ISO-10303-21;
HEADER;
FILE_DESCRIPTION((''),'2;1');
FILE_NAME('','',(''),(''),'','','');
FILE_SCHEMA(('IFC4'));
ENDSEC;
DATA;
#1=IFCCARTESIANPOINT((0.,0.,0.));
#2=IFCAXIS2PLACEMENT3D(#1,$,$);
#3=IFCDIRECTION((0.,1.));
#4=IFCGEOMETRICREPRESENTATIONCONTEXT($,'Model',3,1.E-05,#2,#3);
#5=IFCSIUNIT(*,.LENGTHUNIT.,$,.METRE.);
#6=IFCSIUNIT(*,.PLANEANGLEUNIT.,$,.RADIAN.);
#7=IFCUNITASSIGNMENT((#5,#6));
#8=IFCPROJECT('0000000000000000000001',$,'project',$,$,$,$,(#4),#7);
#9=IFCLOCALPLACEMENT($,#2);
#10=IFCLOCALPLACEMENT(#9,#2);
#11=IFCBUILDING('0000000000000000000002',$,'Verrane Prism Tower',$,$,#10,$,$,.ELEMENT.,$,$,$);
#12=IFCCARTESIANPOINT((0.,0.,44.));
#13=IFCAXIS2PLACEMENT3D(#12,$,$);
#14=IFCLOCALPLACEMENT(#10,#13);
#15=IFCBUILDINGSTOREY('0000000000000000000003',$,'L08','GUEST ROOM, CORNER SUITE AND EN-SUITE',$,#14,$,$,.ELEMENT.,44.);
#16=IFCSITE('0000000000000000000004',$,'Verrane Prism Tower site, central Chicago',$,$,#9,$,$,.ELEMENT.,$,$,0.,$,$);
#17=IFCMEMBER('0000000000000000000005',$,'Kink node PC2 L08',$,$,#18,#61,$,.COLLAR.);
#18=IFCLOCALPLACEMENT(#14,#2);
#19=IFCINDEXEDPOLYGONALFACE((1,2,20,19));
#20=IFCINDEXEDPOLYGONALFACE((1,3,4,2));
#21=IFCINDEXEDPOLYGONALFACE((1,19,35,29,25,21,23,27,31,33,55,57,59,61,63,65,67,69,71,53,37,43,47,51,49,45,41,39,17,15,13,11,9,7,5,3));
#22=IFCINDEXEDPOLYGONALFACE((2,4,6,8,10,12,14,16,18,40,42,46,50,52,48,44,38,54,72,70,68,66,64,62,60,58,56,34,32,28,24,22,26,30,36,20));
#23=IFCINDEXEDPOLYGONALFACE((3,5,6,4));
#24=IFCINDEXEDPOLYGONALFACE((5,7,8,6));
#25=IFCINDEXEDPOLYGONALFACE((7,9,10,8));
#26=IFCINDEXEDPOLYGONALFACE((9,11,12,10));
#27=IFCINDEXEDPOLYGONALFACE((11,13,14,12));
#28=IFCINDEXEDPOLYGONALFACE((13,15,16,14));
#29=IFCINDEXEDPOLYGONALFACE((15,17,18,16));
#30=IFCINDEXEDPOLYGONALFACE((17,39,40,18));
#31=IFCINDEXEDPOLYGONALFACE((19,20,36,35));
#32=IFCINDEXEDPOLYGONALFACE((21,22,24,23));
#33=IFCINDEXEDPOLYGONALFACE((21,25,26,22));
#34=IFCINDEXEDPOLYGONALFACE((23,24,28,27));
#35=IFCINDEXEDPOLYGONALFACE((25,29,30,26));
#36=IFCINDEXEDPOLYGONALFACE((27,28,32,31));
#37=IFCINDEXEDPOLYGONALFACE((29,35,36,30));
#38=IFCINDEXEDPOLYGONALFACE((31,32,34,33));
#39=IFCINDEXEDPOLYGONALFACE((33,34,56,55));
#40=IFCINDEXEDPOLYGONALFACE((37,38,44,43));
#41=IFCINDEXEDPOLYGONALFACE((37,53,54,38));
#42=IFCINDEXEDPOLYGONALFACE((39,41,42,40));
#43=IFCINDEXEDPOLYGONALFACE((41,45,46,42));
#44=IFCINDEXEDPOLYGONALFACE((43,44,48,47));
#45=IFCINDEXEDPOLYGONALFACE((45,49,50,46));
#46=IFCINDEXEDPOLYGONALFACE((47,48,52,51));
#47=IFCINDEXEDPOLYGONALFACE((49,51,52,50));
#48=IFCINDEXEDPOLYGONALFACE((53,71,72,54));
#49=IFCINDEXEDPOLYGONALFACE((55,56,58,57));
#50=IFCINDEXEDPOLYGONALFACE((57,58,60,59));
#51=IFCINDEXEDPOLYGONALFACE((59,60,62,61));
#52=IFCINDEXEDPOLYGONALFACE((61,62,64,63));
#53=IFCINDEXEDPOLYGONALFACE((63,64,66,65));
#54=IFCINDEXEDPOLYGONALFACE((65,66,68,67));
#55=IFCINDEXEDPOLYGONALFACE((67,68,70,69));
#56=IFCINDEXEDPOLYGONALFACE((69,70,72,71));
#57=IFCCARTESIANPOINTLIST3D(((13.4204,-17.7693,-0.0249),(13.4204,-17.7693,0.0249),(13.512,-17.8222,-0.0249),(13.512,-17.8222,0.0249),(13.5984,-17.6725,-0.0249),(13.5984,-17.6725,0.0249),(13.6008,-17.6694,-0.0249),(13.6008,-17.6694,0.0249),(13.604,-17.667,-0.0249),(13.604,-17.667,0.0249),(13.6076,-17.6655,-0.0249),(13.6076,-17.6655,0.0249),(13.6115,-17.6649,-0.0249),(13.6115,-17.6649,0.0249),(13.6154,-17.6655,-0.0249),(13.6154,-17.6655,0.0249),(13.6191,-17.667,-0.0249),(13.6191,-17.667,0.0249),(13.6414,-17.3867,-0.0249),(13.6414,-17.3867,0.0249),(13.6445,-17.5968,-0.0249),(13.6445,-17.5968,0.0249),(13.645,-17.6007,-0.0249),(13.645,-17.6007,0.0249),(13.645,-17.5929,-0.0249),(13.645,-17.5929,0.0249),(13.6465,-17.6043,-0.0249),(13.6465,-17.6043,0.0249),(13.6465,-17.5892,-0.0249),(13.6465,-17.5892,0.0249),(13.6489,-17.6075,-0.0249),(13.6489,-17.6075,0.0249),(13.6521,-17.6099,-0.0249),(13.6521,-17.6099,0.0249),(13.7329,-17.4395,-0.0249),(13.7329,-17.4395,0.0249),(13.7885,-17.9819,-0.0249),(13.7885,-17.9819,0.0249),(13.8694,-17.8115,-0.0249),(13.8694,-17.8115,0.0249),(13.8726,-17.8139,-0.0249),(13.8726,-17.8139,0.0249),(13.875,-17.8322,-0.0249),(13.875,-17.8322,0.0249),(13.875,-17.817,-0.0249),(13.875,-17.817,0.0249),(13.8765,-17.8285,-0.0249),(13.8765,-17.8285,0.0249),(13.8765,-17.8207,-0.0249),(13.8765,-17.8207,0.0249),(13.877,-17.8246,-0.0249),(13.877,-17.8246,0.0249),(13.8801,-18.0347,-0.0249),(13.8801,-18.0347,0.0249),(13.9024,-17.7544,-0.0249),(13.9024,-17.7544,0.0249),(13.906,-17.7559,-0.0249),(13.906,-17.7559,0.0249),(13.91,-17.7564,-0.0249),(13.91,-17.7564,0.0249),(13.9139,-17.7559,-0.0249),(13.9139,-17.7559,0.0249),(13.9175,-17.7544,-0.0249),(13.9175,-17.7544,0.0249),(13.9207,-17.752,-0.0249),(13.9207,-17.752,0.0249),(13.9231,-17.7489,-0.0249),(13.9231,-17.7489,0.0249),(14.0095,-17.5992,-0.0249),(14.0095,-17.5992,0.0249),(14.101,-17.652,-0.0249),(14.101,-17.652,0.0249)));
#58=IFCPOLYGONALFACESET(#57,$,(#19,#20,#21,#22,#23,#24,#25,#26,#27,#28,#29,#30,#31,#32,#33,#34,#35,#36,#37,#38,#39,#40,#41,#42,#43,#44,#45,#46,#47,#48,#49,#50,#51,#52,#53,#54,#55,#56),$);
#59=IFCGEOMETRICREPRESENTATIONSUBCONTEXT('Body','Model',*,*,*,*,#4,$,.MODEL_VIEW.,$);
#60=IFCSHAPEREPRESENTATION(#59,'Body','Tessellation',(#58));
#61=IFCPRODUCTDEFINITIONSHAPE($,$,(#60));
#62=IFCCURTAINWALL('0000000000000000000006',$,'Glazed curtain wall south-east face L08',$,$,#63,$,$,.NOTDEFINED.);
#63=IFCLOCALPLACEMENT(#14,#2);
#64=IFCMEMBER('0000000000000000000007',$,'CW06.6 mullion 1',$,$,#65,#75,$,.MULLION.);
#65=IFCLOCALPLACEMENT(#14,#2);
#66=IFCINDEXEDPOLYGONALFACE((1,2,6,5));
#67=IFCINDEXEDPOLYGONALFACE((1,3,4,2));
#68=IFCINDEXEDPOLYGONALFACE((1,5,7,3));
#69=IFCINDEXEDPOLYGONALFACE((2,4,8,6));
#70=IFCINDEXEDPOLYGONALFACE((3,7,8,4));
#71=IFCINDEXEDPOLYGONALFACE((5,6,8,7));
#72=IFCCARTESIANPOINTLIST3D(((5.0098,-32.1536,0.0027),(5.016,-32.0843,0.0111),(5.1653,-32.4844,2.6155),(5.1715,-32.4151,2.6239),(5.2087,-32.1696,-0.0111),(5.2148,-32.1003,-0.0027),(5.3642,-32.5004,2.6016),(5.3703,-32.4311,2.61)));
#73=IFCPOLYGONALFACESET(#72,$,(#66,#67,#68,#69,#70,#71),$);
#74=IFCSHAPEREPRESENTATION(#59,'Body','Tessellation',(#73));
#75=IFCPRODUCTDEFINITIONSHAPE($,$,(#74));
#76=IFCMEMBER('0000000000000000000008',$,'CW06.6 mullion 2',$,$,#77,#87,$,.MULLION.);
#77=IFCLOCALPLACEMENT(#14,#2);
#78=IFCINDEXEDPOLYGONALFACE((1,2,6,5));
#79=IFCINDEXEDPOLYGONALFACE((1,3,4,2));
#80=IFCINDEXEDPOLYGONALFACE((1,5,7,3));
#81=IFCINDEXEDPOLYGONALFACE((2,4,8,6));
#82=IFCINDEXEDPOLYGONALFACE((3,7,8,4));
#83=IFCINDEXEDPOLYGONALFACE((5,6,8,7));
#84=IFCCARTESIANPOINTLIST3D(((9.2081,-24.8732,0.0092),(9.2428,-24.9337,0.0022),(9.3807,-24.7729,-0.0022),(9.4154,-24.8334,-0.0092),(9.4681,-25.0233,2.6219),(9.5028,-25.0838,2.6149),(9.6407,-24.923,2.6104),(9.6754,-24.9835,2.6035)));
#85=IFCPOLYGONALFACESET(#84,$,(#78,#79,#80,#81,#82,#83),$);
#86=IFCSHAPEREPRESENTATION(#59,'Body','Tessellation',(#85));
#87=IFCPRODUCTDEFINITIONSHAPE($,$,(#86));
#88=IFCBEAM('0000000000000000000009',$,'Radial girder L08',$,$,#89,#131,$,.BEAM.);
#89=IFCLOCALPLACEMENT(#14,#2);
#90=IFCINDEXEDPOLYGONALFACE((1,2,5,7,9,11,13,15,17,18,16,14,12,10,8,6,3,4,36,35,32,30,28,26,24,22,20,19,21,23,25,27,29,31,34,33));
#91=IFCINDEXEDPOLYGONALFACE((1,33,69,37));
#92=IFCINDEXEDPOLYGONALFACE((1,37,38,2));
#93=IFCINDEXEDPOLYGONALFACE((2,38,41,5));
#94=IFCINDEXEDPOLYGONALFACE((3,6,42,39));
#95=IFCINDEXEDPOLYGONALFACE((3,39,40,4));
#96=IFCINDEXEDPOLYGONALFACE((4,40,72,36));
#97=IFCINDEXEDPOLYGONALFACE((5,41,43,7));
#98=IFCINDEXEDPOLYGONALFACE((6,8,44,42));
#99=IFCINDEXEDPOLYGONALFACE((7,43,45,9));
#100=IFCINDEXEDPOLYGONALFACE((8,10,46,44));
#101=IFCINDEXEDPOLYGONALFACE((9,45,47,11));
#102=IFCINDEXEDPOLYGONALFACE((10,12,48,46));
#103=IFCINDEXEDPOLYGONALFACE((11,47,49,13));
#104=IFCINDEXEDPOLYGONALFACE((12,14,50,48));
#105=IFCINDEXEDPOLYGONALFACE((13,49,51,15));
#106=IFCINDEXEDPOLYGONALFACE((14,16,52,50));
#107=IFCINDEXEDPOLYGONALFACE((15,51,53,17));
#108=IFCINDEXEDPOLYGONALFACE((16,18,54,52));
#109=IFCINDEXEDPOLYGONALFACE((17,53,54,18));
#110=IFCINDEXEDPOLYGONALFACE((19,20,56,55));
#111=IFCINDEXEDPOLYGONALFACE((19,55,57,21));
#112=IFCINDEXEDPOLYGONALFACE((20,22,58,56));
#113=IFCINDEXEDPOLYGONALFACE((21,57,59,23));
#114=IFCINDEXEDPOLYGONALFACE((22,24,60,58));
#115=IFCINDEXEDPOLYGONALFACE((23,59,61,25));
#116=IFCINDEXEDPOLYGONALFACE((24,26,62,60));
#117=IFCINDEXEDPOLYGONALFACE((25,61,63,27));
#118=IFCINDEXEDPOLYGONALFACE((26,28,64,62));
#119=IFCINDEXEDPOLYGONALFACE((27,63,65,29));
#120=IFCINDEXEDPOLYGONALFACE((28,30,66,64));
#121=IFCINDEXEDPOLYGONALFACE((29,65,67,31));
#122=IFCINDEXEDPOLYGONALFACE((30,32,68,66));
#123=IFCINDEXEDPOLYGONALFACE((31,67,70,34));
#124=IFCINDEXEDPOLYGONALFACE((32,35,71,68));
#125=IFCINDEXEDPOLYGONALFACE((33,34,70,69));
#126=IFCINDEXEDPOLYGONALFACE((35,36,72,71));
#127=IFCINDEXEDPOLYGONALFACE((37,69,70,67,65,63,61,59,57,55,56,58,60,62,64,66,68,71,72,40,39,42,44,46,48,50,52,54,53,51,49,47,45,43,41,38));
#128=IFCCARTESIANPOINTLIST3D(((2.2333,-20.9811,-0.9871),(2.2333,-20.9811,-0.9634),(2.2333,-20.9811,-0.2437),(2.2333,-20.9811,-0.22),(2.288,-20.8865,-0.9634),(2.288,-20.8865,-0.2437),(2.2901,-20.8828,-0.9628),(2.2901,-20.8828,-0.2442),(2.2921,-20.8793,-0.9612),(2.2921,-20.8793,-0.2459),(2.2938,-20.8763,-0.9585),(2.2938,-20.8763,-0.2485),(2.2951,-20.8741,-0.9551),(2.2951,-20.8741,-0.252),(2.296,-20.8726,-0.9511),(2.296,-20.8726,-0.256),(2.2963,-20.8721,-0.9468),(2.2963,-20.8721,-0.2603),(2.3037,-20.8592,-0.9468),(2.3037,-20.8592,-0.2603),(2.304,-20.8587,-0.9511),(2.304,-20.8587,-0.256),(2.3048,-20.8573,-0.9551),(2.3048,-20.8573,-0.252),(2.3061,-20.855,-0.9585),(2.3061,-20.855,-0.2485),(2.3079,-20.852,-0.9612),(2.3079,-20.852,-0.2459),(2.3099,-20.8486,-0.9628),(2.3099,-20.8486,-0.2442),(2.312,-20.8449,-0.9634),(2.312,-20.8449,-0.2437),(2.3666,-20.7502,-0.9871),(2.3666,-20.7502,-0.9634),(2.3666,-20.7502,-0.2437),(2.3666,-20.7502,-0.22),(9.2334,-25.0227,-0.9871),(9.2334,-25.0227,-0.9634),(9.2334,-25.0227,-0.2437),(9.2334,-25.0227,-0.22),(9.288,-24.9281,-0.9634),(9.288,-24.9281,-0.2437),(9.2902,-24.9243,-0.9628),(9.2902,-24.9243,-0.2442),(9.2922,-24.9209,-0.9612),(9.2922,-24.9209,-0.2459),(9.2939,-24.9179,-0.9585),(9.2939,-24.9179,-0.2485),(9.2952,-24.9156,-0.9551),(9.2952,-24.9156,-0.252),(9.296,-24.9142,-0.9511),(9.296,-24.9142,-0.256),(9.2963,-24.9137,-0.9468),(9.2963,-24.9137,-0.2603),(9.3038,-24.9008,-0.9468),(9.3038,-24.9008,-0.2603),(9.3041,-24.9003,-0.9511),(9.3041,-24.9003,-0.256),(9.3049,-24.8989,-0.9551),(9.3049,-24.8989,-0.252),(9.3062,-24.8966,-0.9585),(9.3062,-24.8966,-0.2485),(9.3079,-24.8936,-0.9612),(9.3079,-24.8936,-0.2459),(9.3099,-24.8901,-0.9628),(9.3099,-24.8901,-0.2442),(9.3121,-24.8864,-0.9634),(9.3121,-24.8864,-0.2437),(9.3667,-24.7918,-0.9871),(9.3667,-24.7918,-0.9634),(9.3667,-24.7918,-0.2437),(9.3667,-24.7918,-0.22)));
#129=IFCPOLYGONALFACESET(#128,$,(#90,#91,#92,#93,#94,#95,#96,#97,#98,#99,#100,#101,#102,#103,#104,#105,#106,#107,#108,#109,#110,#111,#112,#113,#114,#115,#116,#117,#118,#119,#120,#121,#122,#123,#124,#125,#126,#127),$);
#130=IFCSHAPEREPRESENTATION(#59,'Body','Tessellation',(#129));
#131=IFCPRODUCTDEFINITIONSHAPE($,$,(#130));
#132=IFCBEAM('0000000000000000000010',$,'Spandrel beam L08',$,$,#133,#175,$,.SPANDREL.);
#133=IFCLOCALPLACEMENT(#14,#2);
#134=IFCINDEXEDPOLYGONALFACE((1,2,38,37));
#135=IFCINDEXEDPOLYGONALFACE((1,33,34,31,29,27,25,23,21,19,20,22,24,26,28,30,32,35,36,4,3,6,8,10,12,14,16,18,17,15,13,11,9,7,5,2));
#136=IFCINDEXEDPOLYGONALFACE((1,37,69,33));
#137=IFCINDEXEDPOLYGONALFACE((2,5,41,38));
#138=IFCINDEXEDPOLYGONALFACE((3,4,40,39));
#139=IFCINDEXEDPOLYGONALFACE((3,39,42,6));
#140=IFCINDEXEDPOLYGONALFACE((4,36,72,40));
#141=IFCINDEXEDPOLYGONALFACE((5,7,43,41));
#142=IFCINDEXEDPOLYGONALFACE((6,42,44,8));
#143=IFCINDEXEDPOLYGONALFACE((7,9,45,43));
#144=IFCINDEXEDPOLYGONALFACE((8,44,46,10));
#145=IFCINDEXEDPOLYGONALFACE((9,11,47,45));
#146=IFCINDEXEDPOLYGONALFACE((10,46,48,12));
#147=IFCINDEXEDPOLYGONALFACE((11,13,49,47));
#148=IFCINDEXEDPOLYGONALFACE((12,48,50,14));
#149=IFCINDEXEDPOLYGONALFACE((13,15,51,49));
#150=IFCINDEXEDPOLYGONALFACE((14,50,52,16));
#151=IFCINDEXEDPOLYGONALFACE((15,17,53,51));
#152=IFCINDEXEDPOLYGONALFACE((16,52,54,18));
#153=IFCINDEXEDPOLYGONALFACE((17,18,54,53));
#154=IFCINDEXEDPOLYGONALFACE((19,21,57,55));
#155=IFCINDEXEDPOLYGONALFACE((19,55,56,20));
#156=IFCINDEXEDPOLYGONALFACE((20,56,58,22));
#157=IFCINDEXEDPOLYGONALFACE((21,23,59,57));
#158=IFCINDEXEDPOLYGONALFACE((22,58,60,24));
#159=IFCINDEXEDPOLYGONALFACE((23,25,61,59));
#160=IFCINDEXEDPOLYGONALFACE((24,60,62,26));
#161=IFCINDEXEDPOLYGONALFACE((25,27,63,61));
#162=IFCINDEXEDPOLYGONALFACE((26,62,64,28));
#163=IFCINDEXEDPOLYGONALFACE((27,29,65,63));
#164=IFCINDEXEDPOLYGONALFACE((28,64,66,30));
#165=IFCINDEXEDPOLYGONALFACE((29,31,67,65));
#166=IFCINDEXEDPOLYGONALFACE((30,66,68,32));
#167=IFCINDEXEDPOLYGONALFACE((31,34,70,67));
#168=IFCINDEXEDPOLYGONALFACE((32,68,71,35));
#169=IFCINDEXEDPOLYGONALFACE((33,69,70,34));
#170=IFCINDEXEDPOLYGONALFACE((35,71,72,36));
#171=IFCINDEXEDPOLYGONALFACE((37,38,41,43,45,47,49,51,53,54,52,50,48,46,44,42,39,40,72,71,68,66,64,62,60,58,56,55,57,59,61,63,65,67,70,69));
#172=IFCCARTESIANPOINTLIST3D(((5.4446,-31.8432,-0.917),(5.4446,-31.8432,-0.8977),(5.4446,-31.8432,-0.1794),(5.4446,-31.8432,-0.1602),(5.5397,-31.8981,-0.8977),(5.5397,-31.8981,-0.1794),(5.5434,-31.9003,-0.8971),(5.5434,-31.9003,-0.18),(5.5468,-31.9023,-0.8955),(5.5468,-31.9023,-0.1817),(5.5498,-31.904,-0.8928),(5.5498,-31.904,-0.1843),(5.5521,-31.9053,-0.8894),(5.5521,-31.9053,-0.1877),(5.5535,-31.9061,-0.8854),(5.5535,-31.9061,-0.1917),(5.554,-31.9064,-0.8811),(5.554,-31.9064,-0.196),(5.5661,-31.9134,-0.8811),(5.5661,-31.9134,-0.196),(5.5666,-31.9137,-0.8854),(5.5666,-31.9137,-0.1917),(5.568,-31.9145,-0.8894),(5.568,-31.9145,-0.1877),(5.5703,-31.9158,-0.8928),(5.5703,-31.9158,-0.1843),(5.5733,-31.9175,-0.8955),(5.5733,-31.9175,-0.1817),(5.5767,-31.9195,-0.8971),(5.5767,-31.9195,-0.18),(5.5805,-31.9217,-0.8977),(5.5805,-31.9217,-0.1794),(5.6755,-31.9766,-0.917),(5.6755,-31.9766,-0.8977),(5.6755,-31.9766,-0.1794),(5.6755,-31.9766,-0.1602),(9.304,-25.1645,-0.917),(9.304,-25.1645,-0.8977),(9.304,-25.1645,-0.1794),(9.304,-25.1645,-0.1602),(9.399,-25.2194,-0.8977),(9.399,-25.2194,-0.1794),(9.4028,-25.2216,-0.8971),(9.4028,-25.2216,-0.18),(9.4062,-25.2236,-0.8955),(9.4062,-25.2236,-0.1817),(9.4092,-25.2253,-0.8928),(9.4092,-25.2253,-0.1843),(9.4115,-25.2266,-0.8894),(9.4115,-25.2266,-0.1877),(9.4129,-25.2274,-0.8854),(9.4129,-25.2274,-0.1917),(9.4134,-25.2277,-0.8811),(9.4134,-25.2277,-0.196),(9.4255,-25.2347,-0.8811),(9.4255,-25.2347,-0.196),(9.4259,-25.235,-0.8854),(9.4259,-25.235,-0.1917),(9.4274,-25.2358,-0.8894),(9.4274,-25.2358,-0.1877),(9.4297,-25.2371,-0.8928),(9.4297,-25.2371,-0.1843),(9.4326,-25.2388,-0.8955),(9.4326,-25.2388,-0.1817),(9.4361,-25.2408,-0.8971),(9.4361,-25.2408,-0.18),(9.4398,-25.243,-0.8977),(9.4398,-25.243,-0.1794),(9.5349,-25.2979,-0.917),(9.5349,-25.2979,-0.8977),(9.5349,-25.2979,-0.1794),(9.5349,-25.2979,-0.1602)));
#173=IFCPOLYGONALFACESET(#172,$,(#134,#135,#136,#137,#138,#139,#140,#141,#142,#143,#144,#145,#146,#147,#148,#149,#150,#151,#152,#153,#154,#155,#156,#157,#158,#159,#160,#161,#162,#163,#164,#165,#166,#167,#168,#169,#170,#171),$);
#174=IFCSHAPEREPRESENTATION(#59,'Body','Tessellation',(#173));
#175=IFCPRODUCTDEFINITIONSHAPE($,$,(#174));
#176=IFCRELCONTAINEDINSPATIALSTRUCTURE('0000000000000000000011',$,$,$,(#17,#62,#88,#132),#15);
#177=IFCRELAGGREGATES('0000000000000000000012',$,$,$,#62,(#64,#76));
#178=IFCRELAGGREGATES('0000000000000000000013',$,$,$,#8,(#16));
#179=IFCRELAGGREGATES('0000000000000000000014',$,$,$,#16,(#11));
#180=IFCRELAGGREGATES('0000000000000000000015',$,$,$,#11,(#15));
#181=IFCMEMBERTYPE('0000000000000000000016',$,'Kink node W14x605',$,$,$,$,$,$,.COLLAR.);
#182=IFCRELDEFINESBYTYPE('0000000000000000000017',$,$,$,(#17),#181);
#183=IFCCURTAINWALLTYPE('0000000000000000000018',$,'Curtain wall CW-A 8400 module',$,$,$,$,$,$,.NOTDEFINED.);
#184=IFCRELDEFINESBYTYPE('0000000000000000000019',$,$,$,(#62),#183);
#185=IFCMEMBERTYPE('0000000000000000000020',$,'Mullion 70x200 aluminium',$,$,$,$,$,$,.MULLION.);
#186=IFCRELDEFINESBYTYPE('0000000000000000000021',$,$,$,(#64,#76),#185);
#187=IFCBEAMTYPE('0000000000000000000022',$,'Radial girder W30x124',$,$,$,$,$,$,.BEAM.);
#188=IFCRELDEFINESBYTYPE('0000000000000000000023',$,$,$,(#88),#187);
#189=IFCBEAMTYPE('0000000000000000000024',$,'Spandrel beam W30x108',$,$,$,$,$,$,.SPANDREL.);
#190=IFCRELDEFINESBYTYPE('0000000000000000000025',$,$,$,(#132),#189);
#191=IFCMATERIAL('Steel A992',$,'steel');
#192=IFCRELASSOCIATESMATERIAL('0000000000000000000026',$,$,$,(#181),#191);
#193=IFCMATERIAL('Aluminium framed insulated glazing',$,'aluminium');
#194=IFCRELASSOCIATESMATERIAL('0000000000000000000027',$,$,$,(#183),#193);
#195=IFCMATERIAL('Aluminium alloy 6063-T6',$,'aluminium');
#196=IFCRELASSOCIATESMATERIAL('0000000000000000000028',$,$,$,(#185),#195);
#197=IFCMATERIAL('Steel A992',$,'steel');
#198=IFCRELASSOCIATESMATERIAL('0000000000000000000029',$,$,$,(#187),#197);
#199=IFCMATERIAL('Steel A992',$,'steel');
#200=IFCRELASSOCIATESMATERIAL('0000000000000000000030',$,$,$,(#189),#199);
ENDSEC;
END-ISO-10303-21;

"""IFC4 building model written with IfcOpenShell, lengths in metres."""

from ifc_helpers import new_model, si_unit, direction, frame, origin, origin_2d, place, context, subcontext, project, spatial, rectangle, i_section, extrude, material, material_profile, profile_set, type_object, element, aggregate, save


model = new_model("IFC4")

# Units and contexts
model_context = context("Model", 3, precision=1e-05, world=origin(), true_north=direction((0.0, 1.0)))
body_context = subcontext(model_context, "Body", "Model", "MODEL_VIEW")
ifc_project = project(units=[si_unit("LENGTHUNIT", "METRE"), si_unit("PLANEANGLEUNIT", "RADIAN")], contexts=[model_context])

# Site, building, storey
site_placement = place(None, origin())
site = spatial("IfcSite", under=ifc_project, at=site_placement, Name="Verrane Prism Tower site, central Chicago", CompositionType="ELEMENT", RefElevation=0.0)
building_placement = place(site_placement, origin())
building = spatial("IfcBuilding", under=site, at=building_placement, Name="Verrane Prism Tower", CompositionType="ELEMENT")
storey_placement = place(building_placement, frame((0.0, 0.0, 44.0)))
storey = spatial("IfcBuildingStorey", under=building, at=storey_placement, Name="L08", Description="GUEST ROOM, CORNER SUITE AND EN-SUITE", CompositionType="ELEMENT", Elevation=44.0)

# Member
ifc_material_1 = material(Name="Steel A992", Category="steel")
ifc_material_profile_1 = material_profile(ifc_material_1, i_section(OverallWidth=0.4419, OverallDepth=0.5308, WebThickness=0.0659, FlangeThickness=0.1057, FilletRadius=0.0151, at=origin_2d()), Name="W14x605")
ifc_profile_set_1 = profile_set([ifc_material_profile_1], Name="Steel A992")
member_type_1 = type_object("IfcMemberType", Name="Kink node W14x605", PredefinedType="COLLAR", material=ifc_profile_set_1)
for number, where, z_axis, x_axis, name in (
    (1, (13.7607, -17.7107, -0.0249), (0.0, 0.0, 1.0), (-0.5, -0.866025, 0.0), "Kink node PC2 L08"),
):
    element("IfcMember", number, at=place(storey_placement, frame(where, z_axis=z_axis, x_axis=x_axis)), inside=storey, type_object=member_type_1, Name=name, PredefinedType="COLLAR", context=body_context, shape_type="SweptSolid", body=[
        extrude(i_section(OverallWidth=0.4419, OverallDepth=0.5308, WebThickness=0.0659, FlangeThickness=0.1057, FilletRadius=0.0151, at=origin_2d()), origin(), (0.0, 0.0, 1.0), 0.0498),
    ])

# Curtain wall, members
ifc_material_2 = material(Name="Aluminium framed insulated glazing", Category="aluminium")
curtain_wall_type = type_object("IfcCurtainWallType", Name="Curtain wall CW-A 8400 module", PredefinedType="NOTDEFINED", material=ifc_material_2)
curtain_wall_placement = place(storey_placement, origin())
curtain_wall = element("IfcCurtainWall", 2, at=curtain_wall_placement, inside=storey, type_object=curtain_wall_type, Name="Glazed curtain wall south-east face L08", PredefinedType="NOTDEFINED")
ifc_material_3 = material(Name="Aluminium alloy 6063-T6", Category="aluminium")
ifc_material_profile_2 = material_profile(ifc_material_3, rectangle(XDim=0.2, YDim=0.0701, at=origin_2d()), Name="Mullion 70x200 aluminium")
ifc_profile_set_2 = profile_set([ifc_material_profile_2], Name="Aluminium alloy 6063-T6")
member_type_2 = type_object("IfcMemberType", Name="Mullion 70x200 aluminium", PredefinedType="MULLION", material=ifc_profile_set_2)
member_1_placement = place(storey_placement, frame((5.1123, -32.127, 0.0), z_axis=(0.058947, -0.125391, 0.990355), x_axis=(-0.99441, 0.079684, 0.069278)))
member_1 = element("IfcMember", 3, at=member_1_placement, type_object=member_type_2, Name="CW06.6 mullion 1", PredefinedType="MULLION", context=body_context, shape_type="SweptSolid", body=[
    extrude(rectangle(XDim=0.2, YDim=0.0701, at=origin_2d()), origin(), (0.0, 0.0, 1.0), 2.6382),
])
member_2_placement = place(storey_placement, frame((9.3118, -24.8533, 0.0), z_axis=(0.098863, -0.05709, 0.993462), x_axis=(-0.863238, -0.50156, 0.057082)))
member_2 = element("IfcMember", 4, at=member_2_placement, type_object=member_type_2, Name="CW06.6 mullion 2", PredefinedType="MULLION", context=body_context, shape_type="SweptSolid", body=[
    extrude(rectangle(XDim=0.2, YDim=0.0701, at=origin_2d()), origin(), (0.0, 0.0, 1.0), 2.6299),
])

# Beams
ifc_material_4 = material(Name="Steel A992", Category="steel")
ifc_material_profile_3 = material_profile(ifc_material_4, i_section(OverallWidth=0.2666, OverallDepth=0.7671, WebThickness=0.0149, FlangeThickness=0.0237, FilletRadius=0.0166, at=origin_2d()), Name="W30x124")
ifc_profile_set_3 = profile_set([ifc_material_profile_3], Name="Steel A992")
beam_type_1 = type_object("IfcBeamType", Name="Radial girder W30x124", PredefinedType="BEAM", material=ifc_profile_set_3)
beam_1_placement = place(storey_placement, frame((9.3, -24.9072, -0.6035), z_axis=(-0.866023, 0.500005, 0.0), x_axis=(-0.500005, -0.866023, 0.0)))
element("IfcBeam", 5, at=beam_1_placement, inside=storey, type_object=beam_type_1, Name="Radial girder L08", PredefinedType="BEAM", context=body_context, shape_type="SweptSolid", body=[
    extrude(i_section(OverallWidth=0.2666, OverallDepth=0.7671, WebThickness=0.0149, FlangeThickness=0.0237, FilletRadius=0.0166, at=origin_2d()), origin(), (0.0, 0.0, 1.0), 8.083),
])
ifc_material_5 = material(Name="Steel A992", Category="steel")
ifc_material_profile_4 = material_profile(ifc_material_5, i_section(OverallWidth=0.2666, OverallDepth=0.7568, WebThickness=0.0139, FlangeThickness=0.0193, FilletRadius=0.0166, at=origin_2d()), Name="W30x108")
ifc_profile_set_4 = profile_set([ifc_material_profile_4], Name="Steel A992")
beam_type_2 = type_object("IfcBeamType", Name="Spandrel beam W30x108", PredefinedType="SPANDREL", material=ifc_profile_set_4)
beam_2_placement = place(storey_placement, frame((5.5601, -31.9099, -0.5386), z_axis=(0.500332, 0.865833, 0.0), x_axis=(-0.865833, 0.500332, 0.0)))
element("IfcBeam", 6, at=beam_2_placement, inside=storey, type_object=beam_type_2, Name="Spandrel beam L08", PredefinedType="SPANDREL", context=body_context, shape_type="SweptSolid", body=[
    extrude(i_section(OverallWidth=0.2666, OverallDepth=0.7568, WebThickness=0.0139, FlangeThickness=0.0193, FilletRadius=0.0166, at=origin_2d()), origin(), (0.0, 0.0, 1.0), 7.7136),
])

aggregate(curtain_wall, [member_1, member_2])

save(model, "model.ifc")
